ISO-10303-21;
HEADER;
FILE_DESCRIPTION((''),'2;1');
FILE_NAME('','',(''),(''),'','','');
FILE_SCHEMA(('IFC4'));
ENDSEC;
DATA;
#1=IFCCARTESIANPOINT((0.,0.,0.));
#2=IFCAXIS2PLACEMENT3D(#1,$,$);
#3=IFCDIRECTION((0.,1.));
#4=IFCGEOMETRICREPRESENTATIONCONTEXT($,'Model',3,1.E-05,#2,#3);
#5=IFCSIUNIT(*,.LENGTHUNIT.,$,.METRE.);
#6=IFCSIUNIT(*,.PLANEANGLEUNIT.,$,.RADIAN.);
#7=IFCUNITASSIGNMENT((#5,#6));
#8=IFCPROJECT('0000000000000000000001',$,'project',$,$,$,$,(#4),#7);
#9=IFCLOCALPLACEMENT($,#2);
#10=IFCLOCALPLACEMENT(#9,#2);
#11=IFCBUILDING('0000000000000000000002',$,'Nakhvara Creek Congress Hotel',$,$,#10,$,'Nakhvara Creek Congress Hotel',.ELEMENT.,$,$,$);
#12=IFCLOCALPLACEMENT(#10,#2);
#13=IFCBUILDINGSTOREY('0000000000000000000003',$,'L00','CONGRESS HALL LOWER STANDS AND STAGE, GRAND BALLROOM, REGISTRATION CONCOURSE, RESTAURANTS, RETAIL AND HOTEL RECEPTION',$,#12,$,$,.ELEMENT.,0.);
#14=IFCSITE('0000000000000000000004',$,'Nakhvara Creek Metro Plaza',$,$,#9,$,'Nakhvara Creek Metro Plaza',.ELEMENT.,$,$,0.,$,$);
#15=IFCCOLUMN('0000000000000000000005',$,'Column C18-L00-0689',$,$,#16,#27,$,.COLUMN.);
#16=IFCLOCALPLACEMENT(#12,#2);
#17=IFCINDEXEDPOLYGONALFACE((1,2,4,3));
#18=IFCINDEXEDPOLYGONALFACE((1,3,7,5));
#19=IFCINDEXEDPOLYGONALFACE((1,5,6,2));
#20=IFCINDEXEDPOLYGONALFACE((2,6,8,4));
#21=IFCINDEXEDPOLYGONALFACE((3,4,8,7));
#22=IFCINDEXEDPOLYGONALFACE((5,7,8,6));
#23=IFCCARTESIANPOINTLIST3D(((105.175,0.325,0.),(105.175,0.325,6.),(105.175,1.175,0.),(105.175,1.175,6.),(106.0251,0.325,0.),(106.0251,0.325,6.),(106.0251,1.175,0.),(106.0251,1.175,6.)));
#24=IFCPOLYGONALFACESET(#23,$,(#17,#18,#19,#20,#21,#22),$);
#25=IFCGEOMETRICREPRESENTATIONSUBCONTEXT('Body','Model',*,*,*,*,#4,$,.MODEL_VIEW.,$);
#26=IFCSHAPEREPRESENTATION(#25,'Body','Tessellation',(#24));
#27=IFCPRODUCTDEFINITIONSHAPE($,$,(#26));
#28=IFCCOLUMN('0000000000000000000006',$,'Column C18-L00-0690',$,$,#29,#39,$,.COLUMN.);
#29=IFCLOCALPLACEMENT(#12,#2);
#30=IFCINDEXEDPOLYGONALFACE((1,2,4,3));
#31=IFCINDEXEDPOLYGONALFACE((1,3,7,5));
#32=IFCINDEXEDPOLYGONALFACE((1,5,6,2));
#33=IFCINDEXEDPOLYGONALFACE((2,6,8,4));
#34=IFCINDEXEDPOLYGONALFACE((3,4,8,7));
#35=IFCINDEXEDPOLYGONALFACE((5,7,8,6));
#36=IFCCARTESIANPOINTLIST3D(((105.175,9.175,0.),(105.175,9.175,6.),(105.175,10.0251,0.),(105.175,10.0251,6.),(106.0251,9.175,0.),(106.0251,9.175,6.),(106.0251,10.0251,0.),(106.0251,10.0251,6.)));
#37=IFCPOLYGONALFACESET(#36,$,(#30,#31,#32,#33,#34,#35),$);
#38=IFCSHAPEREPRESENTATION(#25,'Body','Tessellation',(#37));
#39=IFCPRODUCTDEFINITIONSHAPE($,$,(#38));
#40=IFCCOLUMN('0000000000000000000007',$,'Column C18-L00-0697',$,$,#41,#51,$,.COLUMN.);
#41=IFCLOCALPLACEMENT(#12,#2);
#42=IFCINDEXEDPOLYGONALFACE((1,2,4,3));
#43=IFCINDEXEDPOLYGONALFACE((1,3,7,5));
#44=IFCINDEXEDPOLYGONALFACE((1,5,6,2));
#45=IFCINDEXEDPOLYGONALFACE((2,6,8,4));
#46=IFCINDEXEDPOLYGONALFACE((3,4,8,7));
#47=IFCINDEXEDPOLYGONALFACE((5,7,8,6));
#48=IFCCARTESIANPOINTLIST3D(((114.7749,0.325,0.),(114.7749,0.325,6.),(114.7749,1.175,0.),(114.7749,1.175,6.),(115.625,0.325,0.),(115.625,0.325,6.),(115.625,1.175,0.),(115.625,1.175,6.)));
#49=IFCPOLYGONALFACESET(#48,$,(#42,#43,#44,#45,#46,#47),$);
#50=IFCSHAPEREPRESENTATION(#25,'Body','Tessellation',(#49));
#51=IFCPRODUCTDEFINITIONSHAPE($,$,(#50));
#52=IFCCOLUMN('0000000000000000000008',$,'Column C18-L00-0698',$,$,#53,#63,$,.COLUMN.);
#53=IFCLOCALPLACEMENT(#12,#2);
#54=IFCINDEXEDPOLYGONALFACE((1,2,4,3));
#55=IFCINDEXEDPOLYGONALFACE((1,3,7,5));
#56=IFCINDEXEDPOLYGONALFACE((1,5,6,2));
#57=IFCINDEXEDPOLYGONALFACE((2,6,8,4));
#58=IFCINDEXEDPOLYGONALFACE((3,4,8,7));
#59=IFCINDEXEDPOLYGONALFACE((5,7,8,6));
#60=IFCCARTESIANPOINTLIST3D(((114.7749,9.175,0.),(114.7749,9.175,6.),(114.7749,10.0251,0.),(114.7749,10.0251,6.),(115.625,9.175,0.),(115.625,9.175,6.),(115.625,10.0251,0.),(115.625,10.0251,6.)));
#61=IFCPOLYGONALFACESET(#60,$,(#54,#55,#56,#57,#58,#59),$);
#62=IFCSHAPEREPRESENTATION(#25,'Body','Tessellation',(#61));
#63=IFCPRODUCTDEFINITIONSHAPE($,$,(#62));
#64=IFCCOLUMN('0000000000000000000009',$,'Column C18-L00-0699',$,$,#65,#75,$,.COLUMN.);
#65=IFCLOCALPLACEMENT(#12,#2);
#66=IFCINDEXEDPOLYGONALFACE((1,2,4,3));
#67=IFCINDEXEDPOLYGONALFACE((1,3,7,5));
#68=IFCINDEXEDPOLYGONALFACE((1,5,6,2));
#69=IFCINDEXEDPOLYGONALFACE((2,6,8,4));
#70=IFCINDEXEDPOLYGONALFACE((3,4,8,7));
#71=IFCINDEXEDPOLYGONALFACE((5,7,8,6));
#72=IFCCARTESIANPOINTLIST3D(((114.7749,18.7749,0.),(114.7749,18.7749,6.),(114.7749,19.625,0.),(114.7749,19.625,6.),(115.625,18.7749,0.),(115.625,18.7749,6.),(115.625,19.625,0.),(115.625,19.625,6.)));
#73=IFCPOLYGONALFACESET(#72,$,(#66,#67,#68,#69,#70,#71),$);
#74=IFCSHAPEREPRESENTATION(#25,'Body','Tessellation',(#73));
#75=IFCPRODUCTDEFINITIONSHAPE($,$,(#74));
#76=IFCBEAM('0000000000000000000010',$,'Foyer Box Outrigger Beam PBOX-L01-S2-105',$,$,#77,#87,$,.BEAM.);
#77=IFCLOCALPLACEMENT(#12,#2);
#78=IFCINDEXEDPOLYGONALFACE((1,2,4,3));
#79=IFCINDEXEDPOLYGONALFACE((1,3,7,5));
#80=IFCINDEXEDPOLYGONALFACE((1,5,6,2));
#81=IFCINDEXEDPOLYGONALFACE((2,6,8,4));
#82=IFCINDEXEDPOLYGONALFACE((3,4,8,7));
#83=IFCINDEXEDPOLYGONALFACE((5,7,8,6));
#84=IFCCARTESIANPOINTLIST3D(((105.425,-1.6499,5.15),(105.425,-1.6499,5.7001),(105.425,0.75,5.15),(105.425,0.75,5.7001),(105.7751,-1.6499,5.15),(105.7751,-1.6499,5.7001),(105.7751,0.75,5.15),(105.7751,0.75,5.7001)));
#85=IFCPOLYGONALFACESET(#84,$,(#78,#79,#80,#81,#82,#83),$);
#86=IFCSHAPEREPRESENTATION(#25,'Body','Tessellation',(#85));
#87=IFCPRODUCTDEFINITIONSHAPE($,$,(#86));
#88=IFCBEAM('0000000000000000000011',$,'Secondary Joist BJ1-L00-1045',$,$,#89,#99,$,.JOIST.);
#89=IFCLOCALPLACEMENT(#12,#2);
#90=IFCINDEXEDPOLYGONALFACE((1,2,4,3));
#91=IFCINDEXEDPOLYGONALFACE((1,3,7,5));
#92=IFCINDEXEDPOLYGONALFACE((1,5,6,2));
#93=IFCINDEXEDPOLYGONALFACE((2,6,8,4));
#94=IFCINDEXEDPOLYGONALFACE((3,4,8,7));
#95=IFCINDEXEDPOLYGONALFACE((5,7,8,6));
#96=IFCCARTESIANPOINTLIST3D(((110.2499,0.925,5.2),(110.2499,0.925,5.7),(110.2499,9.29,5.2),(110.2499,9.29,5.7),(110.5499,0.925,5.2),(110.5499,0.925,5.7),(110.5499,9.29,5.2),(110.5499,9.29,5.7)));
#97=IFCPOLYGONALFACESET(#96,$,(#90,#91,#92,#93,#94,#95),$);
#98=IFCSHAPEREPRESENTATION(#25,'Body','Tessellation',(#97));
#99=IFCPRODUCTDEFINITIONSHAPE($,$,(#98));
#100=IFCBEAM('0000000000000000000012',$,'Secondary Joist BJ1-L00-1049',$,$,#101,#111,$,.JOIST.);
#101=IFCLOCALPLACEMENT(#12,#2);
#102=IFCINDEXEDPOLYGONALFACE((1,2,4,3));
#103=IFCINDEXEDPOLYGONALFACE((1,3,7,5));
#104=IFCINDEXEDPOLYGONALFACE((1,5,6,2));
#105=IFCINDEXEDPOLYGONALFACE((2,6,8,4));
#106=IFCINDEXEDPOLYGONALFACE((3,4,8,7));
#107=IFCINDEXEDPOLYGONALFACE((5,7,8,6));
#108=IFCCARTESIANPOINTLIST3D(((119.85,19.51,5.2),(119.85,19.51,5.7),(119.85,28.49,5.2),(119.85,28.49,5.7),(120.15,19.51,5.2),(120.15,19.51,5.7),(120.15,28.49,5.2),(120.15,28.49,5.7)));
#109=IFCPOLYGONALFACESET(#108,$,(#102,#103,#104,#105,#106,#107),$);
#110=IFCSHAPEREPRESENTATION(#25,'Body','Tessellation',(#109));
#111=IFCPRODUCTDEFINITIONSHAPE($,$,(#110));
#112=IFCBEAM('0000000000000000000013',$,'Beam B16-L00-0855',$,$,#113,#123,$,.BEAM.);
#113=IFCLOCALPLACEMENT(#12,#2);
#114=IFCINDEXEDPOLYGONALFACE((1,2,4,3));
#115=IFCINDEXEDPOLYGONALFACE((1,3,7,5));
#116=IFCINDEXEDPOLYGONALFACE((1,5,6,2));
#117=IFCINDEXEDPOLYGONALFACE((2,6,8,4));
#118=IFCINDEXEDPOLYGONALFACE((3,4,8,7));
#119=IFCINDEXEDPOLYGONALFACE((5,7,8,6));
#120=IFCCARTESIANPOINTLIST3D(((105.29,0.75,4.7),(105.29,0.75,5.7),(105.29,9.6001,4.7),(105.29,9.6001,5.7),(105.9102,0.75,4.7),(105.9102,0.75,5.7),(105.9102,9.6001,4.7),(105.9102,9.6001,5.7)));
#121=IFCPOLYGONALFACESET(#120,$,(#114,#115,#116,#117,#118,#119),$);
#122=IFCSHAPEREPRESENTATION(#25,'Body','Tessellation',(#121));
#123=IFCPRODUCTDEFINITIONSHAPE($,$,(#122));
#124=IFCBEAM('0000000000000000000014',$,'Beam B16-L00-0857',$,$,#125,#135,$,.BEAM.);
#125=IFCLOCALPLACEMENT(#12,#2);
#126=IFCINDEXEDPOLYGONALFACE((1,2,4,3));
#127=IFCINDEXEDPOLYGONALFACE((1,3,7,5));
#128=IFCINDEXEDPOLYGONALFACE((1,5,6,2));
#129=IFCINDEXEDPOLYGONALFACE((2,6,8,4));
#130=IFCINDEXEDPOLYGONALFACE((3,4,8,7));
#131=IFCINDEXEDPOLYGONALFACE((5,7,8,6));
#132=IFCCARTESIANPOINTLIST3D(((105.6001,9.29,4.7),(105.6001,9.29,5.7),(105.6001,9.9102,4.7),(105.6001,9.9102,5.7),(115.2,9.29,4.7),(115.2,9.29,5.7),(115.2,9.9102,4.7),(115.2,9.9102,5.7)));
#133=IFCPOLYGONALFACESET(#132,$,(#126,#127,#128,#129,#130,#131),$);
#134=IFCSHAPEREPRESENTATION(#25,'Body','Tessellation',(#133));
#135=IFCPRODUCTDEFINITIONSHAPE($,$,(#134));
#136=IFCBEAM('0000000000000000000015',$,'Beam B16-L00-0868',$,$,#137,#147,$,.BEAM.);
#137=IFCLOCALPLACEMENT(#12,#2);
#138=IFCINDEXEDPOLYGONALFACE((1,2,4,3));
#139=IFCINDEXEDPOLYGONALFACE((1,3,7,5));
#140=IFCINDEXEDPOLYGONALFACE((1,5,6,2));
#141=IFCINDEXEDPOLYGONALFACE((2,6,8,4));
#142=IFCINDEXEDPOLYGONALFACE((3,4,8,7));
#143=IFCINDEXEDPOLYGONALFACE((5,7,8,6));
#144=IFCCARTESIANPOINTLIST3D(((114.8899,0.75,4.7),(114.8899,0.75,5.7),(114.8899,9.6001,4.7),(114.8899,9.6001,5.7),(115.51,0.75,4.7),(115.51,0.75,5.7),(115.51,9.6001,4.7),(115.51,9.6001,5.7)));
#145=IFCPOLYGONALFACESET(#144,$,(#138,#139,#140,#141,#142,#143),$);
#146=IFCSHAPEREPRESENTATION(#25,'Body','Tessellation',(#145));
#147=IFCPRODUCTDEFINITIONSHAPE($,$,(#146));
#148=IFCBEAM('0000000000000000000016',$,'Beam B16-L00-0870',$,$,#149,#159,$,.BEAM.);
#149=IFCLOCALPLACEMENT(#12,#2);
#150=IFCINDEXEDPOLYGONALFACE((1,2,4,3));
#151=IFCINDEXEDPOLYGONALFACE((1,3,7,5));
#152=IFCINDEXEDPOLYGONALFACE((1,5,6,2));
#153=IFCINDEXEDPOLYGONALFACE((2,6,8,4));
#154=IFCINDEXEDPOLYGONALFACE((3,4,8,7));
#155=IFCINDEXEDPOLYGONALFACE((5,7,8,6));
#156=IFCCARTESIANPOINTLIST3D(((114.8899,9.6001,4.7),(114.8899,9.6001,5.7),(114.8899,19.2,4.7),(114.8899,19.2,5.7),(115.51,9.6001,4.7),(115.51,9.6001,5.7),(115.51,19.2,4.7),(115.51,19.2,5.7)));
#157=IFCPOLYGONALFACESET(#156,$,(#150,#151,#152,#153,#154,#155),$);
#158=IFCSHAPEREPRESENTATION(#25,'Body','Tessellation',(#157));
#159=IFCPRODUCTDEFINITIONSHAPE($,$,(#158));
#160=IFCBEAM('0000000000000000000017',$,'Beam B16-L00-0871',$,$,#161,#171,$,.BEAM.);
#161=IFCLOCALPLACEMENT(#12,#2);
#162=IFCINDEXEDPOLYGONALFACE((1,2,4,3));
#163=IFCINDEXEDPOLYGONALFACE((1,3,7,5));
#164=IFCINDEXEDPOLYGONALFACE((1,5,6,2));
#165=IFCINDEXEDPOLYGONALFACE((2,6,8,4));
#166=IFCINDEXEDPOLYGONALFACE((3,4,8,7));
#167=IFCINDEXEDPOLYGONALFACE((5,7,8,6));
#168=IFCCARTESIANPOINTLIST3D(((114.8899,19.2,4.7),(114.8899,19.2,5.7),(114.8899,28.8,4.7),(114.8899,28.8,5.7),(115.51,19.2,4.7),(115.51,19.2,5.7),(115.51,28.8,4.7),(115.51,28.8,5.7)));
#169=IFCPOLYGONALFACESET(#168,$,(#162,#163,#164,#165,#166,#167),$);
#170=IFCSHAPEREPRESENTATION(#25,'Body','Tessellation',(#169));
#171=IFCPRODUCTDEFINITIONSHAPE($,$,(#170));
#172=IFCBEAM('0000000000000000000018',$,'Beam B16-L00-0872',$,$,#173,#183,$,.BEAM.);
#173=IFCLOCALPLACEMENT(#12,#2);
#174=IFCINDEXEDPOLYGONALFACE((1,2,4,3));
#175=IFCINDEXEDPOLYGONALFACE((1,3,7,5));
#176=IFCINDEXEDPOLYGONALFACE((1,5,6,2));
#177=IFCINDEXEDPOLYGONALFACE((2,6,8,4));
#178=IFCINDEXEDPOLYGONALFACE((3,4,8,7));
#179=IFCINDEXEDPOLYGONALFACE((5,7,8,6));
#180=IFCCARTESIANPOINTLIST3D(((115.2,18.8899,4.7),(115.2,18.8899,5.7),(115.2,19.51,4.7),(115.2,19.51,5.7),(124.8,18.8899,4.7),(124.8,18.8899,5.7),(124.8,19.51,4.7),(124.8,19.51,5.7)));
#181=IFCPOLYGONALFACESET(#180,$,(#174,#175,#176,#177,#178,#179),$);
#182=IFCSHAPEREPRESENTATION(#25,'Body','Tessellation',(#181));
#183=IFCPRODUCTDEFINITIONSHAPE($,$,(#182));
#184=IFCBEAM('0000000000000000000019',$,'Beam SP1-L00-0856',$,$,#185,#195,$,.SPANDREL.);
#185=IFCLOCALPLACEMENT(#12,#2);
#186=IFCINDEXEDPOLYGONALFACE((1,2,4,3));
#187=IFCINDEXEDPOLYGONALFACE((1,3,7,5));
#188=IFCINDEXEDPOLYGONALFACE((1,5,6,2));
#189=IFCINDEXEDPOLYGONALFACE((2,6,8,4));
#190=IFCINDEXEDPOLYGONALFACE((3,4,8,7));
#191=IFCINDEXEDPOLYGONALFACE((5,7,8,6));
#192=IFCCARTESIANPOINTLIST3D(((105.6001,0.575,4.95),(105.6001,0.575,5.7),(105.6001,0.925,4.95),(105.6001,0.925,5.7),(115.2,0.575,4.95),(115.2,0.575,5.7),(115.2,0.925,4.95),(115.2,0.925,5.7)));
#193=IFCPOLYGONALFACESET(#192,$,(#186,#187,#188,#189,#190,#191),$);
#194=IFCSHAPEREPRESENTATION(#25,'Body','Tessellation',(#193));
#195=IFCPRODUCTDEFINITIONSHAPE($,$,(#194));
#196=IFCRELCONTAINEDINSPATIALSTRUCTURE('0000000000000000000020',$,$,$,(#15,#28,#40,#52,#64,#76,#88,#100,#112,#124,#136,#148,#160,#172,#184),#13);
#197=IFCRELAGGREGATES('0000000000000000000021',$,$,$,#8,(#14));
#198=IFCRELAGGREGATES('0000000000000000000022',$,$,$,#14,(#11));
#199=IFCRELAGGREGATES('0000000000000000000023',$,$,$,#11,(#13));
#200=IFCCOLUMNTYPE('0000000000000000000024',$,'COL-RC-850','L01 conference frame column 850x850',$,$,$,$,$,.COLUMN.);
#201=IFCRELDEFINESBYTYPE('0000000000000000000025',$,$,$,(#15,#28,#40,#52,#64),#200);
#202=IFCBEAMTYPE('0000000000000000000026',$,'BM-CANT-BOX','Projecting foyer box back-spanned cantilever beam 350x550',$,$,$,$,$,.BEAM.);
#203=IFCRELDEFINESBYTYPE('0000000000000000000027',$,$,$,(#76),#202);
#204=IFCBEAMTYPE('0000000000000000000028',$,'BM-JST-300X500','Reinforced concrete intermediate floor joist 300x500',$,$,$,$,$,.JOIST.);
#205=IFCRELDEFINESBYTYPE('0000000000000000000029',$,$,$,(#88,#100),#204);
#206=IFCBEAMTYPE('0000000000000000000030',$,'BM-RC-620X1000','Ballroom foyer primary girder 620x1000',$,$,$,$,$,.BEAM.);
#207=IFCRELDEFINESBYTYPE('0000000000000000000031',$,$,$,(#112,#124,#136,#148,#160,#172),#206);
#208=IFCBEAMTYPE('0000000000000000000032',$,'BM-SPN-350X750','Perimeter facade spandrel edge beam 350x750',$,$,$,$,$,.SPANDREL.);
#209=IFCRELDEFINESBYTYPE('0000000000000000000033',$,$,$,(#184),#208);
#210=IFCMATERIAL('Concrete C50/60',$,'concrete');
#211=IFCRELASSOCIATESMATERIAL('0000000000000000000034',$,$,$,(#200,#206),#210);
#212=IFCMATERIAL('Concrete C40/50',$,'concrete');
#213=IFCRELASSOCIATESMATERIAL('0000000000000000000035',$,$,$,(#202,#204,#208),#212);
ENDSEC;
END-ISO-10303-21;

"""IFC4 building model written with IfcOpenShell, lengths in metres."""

from ifc_helpers import new_model, si_unit, direction, frame, origin, origin_2d, place, context, subcontext, project, spatial, rectangle, extrude, material, material_profile, profile_set, type_object, element, save


model = new_model("IFC4")

# Units and contexts
model_context = context("Model", 3, precision=1e-05, world=origin(), true_north=direction((0.0, 1.0)))
body_context = subcontext(model_context, "Body", "Model", "MODEL_VIEW")
ifc_project = project(units=[si_unit("LENGTHUNIT", "METRE"), si_unit("PLANEANGLEUNIT", "RADIAN")], contexts=[model_context])

# Site, building, storey
site_placement = place(None, origin())
site = spatial("IfcSite", under=ifc_project, at=site_placement, Name="Nakhvara Creek Metro Plaza", LongName="Nakhvara Creek Metro Plaza", CompositionType="ELEMENT", RefElevation=0.0)
building_placement = place(site_placement, origin())
building = spatial("IfcBuilding", under=site, at=building_placement, Name="Nakhvara Creek Congress Hotel", LongName="Nakhvara Creek Congress Hotel", CompositionType="ELEMENT")
storey_placement = place(building_placement, origin())
storey = spatial("IfcBuildingStorey", under=building, at=storey_placement, Name="L00", Description="CONGRESS HALL LOWER STANDS AND STAGE, GRAND BALLROOM, REGISTRATION CONCOURSE, RESTAURANTS, RETAIL AND HOTEL RECEPTION", CompositionType="ELEMENT", Elevation=0.0)

# Columns
ifc_material_1 = material(Name="Concrete C50/60", Category="concrete")
ifc_material_profile_1 = material_profile(ifc_material_1, rectangle(XDim=0.8501, YDim=0.8501, at=origin_2d()), Name="RC-COL 850x850", Category="LoadBearing")
ifc_profile_set_1 = profile_set([ifc_material_profile_1], Name="Concrete C50/60")
column_type = type_object("IfcColumnType", Name="COL-RC-850", Description="L01 conference frame column 850x850", PredefinedType="COLUMN", material=ifc_profile_set_1)
for number, where, z_axis, x_axis, name in (
    (1, (105.6001, 0.75, 0.0), (0.0, 0.0, 1.0), (1.0, 0.0, 0.0), "Column C18-L00-0689"),
    (2, (105.6001, 9.6001, 0.0), (0.0, 0.0, 1.0), (1.0, 0.0, 0.0), "Column C18-L00-0690"),
    (3, (115.2, 0.75, 0.0), (0.0, 0.0, 1.0), (1.0, 0.0, 0.0), "Column C18-L00-0697"),
    (4, (115.2, 9.6001, 0.0), (0.0, 0.0, 1.0), (1.0, 0.0, 0.0), "Column C18-L00-0698"),
    (5, (115.2, 19.2, 0.0), (0.0, 0.0, 1.0), (1.0, 0.0, 0.0), "Column C18-L00-0699"),
):
    element("IfcColumn", number, at=place(storey_placement, frame(where, z_axis=z_axis, x_axis=x_axis)), inside=storey, type_object=column_type, Name=name, PredefinedType="COLUMN", context=body_context, shape_type="SweptSolid", body=[
        extrude(rectangle(XDim=0.8501, YDim=0.8501, at=origin_2d()), origin(), (0.0, 0.0, 1.0), 6.0),
    ])

# Beams
ifc_material_2 = material(Name="Concrete C40/50", Category="concrete")
ifc_material_profile_2 = material_profile(ifc_material_2, rectangle(XDim=0.3501, YDim=0.55, at=origin_2d()), Name="RC-BM 350x550", Category="LoadBearing")
ifc_profile_set_2 = profile_set([ifc_material_profile_2], Name="Concrete C40/50")
beam_type_1 = type_object("IfcBeamType", Name="BM-CANT-BOX", Description="Projecting foyer box back-spanned cantilever beam 350x550", PredefinedType="BEAM", material=ifc_profile_set_2)
beam_1_placement = place(storey_placement, frame((105.6001, 0.75, 5.425), z_axis=(0.0, -1.0, 0.0), x_axis=(1.0, 0.0, 0.0)))
element("IfcBeam", 6, at=beam_1_placement, inside=storey, type_object=beam_type_1, Name="Foyer Box Outrigger Beam PBOX-L01-S2-105", PredefinedType="BEAM", context=body_context, shape_type="SweptSolid", body=[
    extrude(rectangle(XDim=0.3501, YDim=0.55, at=origin_2d()), origin(), (0.0, 0.0, 1.0), 2.3999),
])
ifc_material_profile_3 = material_profile(ifc_material_2, rectangle(XDim=0.3, YDim=0.5, at=origin_2d()), Name="RC-BM 300x500", Category="LoadBearing")
ifc_profile_set_3 = profile_set([ifc_material_profile_3], Name="Concrete C40/50")
beam_type_2 = type_object("IfcBeamType", Name="BM-JST-300X500", Description="Reinforced concrete intermediate floor joist 300x500", PredefinedType="JOIST", material=ifc_profile_set_3)
beam_2_placement = place(storey_placement, frame((110.3999, 0.925, 5.45), z_axis=(0.0, 1.0, 0.0), x_axis=(-1.0, 0.0, 0.0)))
element("IfcBeam", 7, at=beam_2_placement, inside=storey, type_object=beam_type_2, Name="Secondary Joist BJ1-L00-1045", PredefinedType="JOIST", context=body_context, shape_type="SweptSolid", body=[
    extrude(rectangle(XDim=0.3, YDim=0.5, at=origin_2d()), origin(), (0.0, 0.0, 1.0), 8.365),
])
beam_3_placement = place(storey_placement, frame((120.0, 19.51, 5.45), z_axis=(0.0, 1.0, 0.0), x_axis=(-1.0, 0.0, 0.0)))
element("IfcBeam", 8, at=beam_3_placement, inside=storey, type_object=beam_type_2, Name="Secondary Joist BJ1-L00-1049", PredefinedType="JOIST", context=body_context, shape_type="SweptSolid", body=[
    extrude(rectangle(XDim=0.3, YDim=0.5, at=origin_2d()), origin(), (0.0, 0.0, 1.0), 8.98),
])
ifc_material_profile_4 = material_profile(ifc_material_1, rectangle(XDim=0.6201, YDim=1.0, at=origin_2d()), Name="RC-BM 620x1000", Category="LoadBearing")
ifc_profile_set_4 = profile_set([ifc_material_profile_4], Name="Concrete C50/60")
beam_type_3 = type_object("IfcBeamType", Name="BM-RC-620X1000", Description="Ballroom foyer primary girder 620x1000", PredefinedType="BEAM", material=ifc_profile_set_4)
beam_4_placement = place(storey_placement, frame((105.6001, 0.75, 5.2), z_axis=(0.0, 1.0, 0.0), x_axis=(-1.0, 0.0, 0.0)))
element("IfcBeam", 9, at=beam_4_placement, inside=storey, type_object=beam_type_3, Name="Beam B16-L00-0855", PredefinedType="BEAM", context=body_context, shape_type="SweptSolid", body=[
    extrude(rectangle(XDim=0.6201, YDim=1.0, at=origin_2d()), origin(), (0.0, 0.0, 1.0), 8.8501),
])
beam_5_placement = place(storey_placement, frame((105.6001, 9.6001, 5.2), z_axis=(1.0, 0.0, 0.0), x_axis=(0.0, 1.0, 0.0)))
element("IfcBeam", 10, at=beam_5_placement, inside=storey, type_object=beam_type_3, Name="Beam B16-L00-0857", PredefinedType="BEAM", context=body_context, shape_type="SweptSolid", body=[
    extrude(rectangle(XDim=0.6201, YDim=1.0, at=origin_2d()), origin(), (0.0, 0.0, 1.0), 9.5999),
])
beam_6_placement = place(storey_placement, frame((115.2, 0.75, 5.2), z_axis=(0.0, 1.0, 0.0), x_axis=(-1.0, 0.0, 0.0)))
element("IfcBeam", 11, at=beam_6_placement, inside=storey, type_object=beam_type_3, Name="Beam B16-L00-0868", PredefinedType="BEAM", context=body_context, shape_type="SweptSolid", body=[
    extrude(rectangle(XDim=0.6201, YDim=1.0, at=origin_2d()), origin(), (0.0, 0.0, 1.0), 8.8501),
])
beam_7_placement = place(storey_placement, frame((115.2, 9.6001, 5.2), z_axis=(0.0, 1.0, 0.0), x_axis=(-1.0, 0.0, 0.0)))
element("IfcBeam", 12, at=beam_7_placement, inside=storey, type_object=beam_type_3, Name="Beam B16-L00-0870", PredefinedType="BEAM", context=body_context, shape_type="SweptSolid", body=[
    extrude(rectangle(XDim=0.6201, YDim=1.0, at=origin_2d()), origin(), (0.0, 0.0, 1.0), 9.5999),
])
for number, where, z_axis, x_axis, name in (
    (13, (115.2, 19.2, 5.2), (0.0, 1.0, 0.0), (-1.0, 0.0, 0.0), "Beam B16-L00-0871"),
    (14, (115.2, 19.2, 5.2), (1.0, 0.0, 0.0), (0.0, 1.0, 0.0), "Beam B16-L00-0872"),
):
    element("IfcBeam", number, at=place(storey_placement, frame(where, z_axis=z_axis, x_axis=x_axis)), inside=storey, type_object=beam_type_3, Name=name, PredefinedType="BEAM", context=body_context, shape_type="SweptSolid", body=[
        extrude(rectangle(XDim=0.6201, YDim=1.0, at=origin_2d()), origin(), (0.0, 0.0, 1.0), 9.6001),
    ])
ifc_material_profile_5 = material_profile(ifc_material_2, rectangle(XDim=0.3501, YDim=0.75, at=origin_2d()), Name="RC-SPANDREL 350x750", Category="LoadBearing")
ifc_profile_set_5 = profile_set([ifc_material_profile_5], Name="Concrete C40/50")
beam_type_4 = type_object("IfcBeamType", Name="BM-SPN-350X750", Description="Perimeter facade spandrel edge beam 350x750", PredefinedType="SPANDREL", material=ifc_profile_set_5)
beam_8_placement = place(storey_placement, frame((105.6001, 0.75, 5.325), z_axis=(1.0, 0.0, 0.0), x_axis=(0.0, 1.0, 0.0)))
element("IfcBeam", 15, at=beam_8_placement, inside=storey, type_object=beam_type_4, Name="Beam SP1-L00-0856", PredefinedType="SPANDREL", context=body_context, shape_type="SweptSolid", body=[
    extrude(rectangle(XDim=0.3501, YDim=0.75, at=origin_2d()), origin(), (0.0, 0.0, 1.0), 9.5999),
])

save(model, "model.ifc")
